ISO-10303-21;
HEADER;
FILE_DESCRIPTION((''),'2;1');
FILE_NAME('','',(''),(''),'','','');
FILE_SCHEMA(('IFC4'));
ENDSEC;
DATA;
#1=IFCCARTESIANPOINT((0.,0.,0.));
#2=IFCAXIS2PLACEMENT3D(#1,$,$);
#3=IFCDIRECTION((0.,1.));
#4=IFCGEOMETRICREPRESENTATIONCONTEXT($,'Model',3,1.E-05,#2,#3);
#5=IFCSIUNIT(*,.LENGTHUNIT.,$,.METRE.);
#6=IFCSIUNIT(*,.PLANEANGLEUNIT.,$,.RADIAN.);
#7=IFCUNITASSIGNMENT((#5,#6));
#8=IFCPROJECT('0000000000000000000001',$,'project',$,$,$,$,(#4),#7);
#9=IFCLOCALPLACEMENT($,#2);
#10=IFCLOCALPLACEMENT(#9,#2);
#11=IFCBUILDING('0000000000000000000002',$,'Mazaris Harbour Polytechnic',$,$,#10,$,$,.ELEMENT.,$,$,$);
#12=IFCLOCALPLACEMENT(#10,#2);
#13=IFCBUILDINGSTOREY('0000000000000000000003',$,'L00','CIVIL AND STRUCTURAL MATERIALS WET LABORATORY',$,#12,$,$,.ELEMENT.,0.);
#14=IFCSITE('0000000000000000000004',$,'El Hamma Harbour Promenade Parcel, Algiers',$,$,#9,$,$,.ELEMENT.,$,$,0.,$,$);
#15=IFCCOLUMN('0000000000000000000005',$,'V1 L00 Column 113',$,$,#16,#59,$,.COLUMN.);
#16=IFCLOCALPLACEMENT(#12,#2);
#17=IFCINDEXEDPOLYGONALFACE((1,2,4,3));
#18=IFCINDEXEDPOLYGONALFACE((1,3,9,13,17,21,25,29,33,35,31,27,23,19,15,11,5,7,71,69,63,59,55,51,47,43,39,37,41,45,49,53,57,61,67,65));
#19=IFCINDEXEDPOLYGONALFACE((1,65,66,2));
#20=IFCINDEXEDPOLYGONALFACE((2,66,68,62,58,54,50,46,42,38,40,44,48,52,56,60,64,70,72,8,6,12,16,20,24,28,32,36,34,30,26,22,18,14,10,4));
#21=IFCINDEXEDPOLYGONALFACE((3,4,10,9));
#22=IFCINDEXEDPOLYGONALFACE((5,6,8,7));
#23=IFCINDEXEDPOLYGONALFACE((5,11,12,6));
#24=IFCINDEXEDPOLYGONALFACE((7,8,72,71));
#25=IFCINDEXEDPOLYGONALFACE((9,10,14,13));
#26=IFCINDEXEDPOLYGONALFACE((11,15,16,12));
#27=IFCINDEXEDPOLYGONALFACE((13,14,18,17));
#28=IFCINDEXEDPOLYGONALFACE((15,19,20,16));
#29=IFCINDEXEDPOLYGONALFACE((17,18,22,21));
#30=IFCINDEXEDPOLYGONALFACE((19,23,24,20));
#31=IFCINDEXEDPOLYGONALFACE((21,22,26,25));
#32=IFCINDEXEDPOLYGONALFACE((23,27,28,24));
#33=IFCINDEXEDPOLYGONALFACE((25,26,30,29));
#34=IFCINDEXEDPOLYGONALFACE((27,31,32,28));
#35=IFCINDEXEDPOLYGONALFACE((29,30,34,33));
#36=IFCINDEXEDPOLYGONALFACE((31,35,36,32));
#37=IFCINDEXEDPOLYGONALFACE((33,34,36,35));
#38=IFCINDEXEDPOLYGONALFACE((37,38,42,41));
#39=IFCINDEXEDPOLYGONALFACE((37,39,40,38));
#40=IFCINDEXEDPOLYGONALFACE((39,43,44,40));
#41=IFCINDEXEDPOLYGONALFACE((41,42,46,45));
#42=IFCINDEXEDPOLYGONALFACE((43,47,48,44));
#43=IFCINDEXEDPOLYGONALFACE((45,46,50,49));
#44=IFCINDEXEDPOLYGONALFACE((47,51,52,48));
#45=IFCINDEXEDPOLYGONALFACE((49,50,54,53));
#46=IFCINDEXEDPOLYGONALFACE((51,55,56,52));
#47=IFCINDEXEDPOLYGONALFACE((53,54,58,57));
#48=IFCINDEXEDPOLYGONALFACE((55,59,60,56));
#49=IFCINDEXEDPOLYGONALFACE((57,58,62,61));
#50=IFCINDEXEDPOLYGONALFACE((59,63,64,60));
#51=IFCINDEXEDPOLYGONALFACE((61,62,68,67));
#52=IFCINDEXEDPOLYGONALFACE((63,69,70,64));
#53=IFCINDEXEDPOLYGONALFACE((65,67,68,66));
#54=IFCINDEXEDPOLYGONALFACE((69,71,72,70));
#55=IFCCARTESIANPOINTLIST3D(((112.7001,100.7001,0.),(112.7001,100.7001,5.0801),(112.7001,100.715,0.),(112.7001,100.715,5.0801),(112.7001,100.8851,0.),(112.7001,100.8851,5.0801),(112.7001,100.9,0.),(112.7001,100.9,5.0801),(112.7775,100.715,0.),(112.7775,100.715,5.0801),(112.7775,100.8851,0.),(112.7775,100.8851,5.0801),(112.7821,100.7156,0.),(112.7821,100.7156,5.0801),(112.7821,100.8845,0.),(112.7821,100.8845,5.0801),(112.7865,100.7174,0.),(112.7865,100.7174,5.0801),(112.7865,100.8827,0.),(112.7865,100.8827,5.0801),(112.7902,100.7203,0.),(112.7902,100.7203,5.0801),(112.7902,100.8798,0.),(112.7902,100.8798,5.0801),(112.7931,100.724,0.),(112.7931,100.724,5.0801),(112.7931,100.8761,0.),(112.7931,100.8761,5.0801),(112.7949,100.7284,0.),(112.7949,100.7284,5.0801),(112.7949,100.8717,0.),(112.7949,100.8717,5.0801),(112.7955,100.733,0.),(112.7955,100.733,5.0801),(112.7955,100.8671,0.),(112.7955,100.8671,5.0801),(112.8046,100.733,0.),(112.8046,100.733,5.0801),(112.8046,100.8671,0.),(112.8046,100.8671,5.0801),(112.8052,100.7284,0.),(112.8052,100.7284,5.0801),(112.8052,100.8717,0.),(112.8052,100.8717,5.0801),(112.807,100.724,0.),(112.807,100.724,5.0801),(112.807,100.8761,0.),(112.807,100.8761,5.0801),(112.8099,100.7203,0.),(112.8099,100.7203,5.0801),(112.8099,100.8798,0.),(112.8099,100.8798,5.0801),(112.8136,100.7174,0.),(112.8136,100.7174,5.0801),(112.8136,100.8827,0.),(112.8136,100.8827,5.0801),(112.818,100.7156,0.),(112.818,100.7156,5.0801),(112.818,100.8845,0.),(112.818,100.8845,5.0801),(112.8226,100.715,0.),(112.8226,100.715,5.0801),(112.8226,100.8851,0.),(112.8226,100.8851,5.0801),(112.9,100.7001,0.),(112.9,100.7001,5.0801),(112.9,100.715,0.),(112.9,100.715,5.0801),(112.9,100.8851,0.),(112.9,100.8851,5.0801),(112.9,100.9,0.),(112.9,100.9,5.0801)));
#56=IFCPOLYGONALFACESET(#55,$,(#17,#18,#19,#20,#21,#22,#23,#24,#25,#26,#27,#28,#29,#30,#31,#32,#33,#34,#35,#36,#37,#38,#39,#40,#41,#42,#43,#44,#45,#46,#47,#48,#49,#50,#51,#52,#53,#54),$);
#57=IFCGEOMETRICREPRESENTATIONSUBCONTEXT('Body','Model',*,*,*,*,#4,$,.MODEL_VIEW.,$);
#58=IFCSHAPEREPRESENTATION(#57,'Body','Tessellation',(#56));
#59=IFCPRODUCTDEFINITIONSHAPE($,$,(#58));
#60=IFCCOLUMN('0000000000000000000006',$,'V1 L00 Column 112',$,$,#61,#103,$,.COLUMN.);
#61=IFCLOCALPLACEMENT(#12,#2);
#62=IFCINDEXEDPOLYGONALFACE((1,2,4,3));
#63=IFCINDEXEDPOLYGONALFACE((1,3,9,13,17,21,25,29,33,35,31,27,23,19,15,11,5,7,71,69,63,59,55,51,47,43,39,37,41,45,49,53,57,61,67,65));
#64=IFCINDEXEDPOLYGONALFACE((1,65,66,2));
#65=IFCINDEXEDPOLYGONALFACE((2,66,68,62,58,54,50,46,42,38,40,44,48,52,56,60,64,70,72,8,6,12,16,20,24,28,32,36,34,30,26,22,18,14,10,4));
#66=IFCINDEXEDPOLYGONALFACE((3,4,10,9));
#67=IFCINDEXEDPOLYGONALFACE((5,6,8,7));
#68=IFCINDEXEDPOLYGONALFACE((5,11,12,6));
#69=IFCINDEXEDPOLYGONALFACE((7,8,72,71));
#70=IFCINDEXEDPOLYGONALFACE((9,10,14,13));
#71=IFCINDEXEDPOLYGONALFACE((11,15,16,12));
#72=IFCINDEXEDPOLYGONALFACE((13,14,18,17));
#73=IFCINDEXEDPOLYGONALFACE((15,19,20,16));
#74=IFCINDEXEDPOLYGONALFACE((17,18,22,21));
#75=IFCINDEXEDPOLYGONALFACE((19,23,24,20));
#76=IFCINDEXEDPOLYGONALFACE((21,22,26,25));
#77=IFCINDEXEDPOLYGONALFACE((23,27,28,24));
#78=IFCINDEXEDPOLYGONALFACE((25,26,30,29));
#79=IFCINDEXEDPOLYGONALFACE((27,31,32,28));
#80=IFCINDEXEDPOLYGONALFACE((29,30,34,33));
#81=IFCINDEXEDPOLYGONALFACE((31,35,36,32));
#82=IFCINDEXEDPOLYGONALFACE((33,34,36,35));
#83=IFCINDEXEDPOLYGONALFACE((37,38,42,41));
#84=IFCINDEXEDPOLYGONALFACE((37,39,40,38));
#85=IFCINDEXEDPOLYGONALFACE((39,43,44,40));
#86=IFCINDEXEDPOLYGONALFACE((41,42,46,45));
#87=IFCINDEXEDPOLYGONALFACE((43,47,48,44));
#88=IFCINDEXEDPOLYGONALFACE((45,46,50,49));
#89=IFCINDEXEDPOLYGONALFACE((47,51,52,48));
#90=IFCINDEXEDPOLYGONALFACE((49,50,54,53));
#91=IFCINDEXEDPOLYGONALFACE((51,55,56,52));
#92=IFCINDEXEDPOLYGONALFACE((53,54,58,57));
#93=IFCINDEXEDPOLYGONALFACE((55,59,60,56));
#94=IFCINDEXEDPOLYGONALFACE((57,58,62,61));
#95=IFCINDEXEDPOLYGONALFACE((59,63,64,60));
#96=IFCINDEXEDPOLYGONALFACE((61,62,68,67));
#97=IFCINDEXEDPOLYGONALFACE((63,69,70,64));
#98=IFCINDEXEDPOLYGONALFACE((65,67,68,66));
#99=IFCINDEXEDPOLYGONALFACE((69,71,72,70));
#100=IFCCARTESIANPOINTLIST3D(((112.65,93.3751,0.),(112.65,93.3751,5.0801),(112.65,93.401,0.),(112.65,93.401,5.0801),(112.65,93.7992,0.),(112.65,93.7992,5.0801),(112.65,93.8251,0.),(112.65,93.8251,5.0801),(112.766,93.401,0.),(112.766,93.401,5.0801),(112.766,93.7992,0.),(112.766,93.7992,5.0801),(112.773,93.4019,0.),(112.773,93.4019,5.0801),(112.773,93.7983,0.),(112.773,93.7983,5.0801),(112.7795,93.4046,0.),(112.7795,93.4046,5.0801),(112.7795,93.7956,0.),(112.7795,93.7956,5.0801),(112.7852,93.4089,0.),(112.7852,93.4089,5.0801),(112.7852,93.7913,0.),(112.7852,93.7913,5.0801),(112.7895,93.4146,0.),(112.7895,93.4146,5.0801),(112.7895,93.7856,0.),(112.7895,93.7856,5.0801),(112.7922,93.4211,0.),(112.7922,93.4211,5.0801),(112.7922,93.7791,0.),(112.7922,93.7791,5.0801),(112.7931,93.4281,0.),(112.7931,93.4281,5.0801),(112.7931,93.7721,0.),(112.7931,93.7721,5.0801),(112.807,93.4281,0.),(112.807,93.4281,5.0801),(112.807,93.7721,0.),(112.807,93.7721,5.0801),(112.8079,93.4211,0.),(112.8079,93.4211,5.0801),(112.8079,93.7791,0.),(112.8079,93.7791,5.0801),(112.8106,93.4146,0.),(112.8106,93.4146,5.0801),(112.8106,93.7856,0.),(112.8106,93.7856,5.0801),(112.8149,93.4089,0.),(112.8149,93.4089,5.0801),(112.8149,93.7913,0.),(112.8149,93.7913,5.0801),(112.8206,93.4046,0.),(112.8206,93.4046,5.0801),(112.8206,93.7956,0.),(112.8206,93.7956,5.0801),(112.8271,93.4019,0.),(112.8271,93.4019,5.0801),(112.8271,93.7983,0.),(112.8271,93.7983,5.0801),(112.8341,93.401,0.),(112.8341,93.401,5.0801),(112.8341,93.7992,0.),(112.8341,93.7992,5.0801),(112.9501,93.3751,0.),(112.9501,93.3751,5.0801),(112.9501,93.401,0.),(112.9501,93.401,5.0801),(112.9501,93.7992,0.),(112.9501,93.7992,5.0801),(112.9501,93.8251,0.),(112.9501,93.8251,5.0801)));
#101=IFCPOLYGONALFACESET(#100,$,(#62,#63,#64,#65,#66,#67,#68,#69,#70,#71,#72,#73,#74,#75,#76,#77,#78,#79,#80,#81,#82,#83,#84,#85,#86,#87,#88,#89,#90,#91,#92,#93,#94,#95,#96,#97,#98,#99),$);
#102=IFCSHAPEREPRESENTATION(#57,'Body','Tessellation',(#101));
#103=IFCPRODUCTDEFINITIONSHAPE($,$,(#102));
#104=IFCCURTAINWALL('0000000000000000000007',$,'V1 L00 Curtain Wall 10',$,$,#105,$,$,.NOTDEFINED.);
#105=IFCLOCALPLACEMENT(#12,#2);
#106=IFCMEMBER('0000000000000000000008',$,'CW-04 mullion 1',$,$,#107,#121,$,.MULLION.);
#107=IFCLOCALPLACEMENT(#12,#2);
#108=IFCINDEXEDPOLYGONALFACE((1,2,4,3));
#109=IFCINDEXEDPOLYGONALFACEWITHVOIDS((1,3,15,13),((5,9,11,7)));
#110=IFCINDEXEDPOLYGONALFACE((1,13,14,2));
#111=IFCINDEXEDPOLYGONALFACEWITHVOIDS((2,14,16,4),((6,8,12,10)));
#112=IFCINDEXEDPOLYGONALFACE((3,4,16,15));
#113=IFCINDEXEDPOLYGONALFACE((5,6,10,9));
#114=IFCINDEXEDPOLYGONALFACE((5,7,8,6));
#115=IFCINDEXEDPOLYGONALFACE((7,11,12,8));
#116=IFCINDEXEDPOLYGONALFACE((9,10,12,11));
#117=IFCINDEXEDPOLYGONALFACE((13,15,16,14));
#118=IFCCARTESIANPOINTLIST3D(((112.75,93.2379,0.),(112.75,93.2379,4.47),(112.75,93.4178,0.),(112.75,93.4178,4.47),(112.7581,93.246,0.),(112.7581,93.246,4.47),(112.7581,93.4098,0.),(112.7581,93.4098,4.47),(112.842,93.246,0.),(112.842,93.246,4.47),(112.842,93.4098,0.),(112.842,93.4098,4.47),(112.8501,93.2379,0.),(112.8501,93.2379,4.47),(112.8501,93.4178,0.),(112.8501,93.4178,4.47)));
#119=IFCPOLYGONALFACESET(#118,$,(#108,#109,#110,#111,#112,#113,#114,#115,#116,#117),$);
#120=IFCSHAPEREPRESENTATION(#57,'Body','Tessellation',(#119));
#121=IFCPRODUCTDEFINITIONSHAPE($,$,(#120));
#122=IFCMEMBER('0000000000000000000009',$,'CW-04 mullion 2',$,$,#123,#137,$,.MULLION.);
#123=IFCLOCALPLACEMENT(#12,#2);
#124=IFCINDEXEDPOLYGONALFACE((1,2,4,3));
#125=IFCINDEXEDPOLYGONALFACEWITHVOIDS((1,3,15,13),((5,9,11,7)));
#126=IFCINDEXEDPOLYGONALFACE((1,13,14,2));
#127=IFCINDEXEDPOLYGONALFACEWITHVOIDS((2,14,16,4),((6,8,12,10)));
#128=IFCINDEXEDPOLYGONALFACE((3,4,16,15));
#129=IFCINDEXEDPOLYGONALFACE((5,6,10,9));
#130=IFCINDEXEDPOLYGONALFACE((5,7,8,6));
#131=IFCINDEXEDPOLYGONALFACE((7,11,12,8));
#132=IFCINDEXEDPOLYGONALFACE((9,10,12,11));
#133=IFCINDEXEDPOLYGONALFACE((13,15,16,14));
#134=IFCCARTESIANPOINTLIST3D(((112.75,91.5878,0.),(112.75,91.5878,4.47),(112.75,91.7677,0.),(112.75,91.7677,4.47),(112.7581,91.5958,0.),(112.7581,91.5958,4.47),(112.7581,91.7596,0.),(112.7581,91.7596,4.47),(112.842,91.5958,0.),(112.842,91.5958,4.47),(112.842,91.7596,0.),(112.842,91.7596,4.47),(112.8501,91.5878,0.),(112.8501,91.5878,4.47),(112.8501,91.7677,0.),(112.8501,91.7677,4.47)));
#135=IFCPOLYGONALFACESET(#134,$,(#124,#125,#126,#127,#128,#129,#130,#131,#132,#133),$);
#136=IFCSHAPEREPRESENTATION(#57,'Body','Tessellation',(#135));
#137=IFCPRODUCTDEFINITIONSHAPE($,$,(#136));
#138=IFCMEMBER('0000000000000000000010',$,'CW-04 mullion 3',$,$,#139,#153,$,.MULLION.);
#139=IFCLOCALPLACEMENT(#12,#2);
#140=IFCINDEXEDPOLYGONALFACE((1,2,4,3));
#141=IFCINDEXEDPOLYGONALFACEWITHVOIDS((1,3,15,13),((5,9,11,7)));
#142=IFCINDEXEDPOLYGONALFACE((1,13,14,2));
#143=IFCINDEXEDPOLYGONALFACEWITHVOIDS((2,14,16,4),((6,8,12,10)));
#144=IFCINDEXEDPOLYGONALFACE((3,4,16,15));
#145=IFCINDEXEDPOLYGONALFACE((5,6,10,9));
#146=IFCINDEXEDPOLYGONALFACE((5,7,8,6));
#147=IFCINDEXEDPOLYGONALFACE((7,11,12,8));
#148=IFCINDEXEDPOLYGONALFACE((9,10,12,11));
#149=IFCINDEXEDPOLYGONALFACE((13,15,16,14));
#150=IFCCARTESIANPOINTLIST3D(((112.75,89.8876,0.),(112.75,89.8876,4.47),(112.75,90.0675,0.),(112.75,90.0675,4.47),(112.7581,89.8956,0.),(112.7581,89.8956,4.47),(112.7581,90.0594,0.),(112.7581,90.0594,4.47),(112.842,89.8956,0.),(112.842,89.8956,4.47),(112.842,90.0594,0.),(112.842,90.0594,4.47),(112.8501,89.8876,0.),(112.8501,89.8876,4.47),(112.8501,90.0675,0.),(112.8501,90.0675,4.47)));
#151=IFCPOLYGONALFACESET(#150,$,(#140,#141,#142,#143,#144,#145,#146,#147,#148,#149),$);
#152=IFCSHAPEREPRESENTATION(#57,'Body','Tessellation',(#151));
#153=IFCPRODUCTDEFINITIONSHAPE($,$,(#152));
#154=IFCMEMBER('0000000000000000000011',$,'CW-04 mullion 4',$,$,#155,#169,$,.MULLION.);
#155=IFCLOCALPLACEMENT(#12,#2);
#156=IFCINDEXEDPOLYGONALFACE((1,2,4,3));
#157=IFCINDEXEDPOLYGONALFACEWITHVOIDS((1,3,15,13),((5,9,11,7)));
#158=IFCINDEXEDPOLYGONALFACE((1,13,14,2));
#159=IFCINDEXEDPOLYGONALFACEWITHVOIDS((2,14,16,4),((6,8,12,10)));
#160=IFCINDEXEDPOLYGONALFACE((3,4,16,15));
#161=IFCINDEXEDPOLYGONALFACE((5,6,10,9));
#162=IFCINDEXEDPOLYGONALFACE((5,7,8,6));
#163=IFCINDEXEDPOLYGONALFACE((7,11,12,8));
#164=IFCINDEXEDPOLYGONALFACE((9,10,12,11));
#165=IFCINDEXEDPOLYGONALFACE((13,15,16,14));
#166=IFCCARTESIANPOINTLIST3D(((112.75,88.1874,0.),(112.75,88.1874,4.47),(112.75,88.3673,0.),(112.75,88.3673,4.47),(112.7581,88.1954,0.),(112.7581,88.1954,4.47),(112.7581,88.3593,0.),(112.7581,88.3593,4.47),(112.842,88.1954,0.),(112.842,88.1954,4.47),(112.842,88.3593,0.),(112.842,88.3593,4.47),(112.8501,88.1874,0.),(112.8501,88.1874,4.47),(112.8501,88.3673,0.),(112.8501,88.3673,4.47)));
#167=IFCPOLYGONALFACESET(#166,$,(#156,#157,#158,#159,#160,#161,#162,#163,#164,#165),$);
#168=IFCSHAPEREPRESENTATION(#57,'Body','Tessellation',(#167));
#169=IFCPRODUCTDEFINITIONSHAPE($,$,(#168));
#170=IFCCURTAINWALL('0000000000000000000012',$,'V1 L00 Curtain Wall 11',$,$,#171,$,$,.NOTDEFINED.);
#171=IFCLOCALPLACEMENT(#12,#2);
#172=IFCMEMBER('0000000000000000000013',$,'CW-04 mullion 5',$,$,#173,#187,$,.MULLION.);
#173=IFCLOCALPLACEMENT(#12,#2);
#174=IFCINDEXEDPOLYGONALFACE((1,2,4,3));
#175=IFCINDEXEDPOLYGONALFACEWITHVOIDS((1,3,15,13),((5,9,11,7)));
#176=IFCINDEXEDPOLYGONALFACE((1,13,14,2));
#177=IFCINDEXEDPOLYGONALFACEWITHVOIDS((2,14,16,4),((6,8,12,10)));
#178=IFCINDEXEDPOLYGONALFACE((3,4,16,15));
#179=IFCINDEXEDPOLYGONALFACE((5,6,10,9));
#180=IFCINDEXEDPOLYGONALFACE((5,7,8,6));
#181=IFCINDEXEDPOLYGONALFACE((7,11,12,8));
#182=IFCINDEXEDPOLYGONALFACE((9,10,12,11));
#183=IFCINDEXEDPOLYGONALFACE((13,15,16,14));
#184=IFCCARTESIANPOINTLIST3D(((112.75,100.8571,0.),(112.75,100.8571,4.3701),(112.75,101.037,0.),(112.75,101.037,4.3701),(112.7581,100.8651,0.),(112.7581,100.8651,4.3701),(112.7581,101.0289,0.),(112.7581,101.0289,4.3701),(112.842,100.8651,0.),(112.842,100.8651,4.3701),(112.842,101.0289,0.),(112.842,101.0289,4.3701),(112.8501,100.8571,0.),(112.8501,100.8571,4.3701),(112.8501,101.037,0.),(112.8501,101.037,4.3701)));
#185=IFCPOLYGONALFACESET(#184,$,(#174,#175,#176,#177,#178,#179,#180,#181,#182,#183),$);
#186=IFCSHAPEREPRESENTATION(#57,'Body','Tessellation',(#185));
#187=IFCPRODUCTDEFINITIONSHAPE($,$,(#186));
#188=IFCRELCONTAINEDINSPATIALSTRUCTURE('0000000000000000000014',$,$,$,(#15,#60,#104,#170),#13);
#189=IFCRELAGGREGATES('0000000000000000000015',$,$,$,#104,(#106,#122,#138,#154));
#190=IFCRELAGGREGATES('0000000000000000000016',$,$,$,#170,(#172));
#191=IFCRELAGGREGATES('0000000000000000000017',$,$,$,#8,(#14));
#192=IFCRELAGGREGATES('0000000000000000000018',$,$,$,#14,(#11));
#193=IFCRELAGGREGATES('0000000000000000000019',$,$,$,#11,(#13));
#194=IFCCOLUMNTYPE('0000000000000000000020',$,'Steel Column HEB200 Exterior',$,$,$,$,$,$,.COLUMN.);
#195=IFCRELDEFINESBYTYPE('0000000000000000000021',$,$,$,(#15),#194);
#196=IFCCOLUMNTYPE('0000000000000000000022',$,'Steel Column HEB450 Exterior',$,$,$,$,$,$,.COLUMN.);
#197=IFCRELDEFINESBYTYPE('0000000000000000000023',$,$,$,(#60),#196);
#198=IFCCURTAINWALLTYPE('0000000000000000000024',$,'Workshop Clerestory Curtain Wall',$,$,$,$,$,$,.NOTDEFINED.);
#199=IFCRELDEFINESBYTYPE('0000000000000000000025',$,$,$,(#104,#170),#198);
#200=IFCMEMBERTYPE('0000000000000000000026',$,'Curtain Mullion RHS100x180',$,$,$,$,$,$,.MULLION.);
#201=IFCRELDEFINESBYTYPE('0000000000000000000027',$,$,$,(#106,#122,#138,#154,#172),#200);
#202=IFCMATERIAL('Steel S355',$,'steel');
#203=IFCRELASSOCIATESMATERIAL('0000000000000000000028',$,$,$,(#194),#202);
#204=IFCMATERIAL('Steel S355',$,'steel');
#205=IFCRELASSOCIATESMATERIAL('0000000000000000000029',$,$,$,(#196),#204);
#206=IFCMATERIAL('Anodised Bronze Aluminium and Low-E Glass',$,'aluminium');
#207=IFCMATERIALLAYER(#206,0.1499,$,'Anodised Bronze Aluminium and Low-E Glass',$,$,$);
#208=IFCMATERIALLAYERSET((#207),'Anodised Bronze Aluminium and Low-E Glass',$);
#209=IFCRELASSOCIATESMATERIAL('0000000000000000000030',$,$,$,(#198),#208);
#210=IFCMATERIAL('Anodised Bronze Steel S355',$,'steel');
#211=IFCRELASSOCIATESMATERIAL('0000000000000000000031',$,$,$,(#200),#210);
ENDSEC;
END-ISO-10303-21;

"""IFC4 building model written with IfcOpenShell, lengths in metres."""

from ifc_helpers import new_model, si_unit, direction, frame, origin, origin_2d, place, context, subcontext, project, spatial, hollow_rectangle, i_section, extrude, material, layer, layer_set, material_profile, profile_set, type_object, element, aggregate, save


model = new_model("IFC4")

# Units and contexts
model_context = context("Model", 3, precision=1e-05, world=origin(), true_north=direction((0.0, 1.0)))
body_context = subcontext(model_context, "Body", "Model", "MODEL_VIEW")
ifc_project = project(units=[si_unit("LENGTHUNIT", "METRE"), si_unit("PLANEANGLEUNIT", "RADIAN")], contexts=[model_context])

# Site, building, storey
site_placement = place(None, origin())
site = spatial("IfcSite", under=ifc_project, at=site_placement, Name="El Hamma Harbour Promenade Parcel, Algiers", CompositionType="ELEMENT", RefElevation=0.0)
building_placement = place(site_placement, origin())
building = spatial("IfcBuilding", under=site, at=building_placement, Name="Mazaris Harbour Polytechnic", CompositionType="ELEMENT")
storey_placement = place(building_placement, origin())
storey = spatial("IfcBuildingStorey", under=building, at=storey_placement, Name="L00", Description="CIVIL AND STRUCTURAL MATERIALS WET LABORATORY", CompositionType="ELEMENT", Elevation=0.0)

# Columns
ifc_material_1 = material(Name="Steel S355", Category="steel")
ifc_material_profile_1 = material_profile(ifc_material_1, i_section(OverallWidth=0.2, OverallDepth=0.2, WebThickness=0.009, FlangeThickness=0.0149, FilletRadius=0.0181, at=origin_2d()), Name="HEB 200")
ifc_profile_set_1 = profile_set([ifc_material_profile_1], Name="Steel S355")
column_type_1 = type_object("IfcColumnType", Name="Steel Column HEB200 Exterior", PredefinedType="COLUMN", material=ifc_profile_set_1)
column_1_placement = place(storey_placement, frame((112.8, 100.8, 0.0), z_axis=(0.0, 0.0, 1.0), x_axis=(1.0, 0.0, 0.0)))
element("IfcColumn", 1, at=column_1_placement, inside=storey, type_object=column_type_1, Name="V1 L00 Column 113", PredefinedType="COLUMN", context=body_context, shape_type="SweptSolid", body=[
    extrude(i_section(OverallWidth=0.2, OverallDepth=0.2, WebThickness=0.009, FlangeThickness=0.0149, FilletRadius=0.0181, at=origin_2d()), origin(), (0.0, 0.0, 1.0), 5.0801),
])
ifc_material_2 = material(Name="Steel S355", Category="steel")
ifc_material_profile_2 = material_profile(ifc_material_2, i_section(OverallWidth=0.3, OverallDepth=0.45, WebThickness=0.0139, FlangeThickness=0.0259, FilletRadius=0.0271, at=origin_2d()), Name="HEB 450")
ifc_profile_set_2 = profile_set([ifc_material_profile_2], Name="Steel S355")
column_type_2 = type_object("IfcColumnType", Name="Steel Column HEB450 Exterior", PredefinedType="COLUMN", material=ifc_profile_set_2)
column_2_placement = place(storey_placement, frame((112.8, 93.6001, 0.0), z_axis=(0.0, 0.0, 1.0), x_axis=(1.0, 0.0, 0.0)))
element("IfcColumn", 2, at=column_2_placement, inside=storey, type_object=column_type_2, Name="V1 L00 Column 112", PredefinedType="COLUMN", context=body_context, shape_type="SweptSolid", body=[
    extrude(i_section(OverallWidth=0.3, OverallDepth=0.45, WebThickness=0.0139, FlangeThickness=0.0259, FilletRadius=0.0271, at=origin_2d()), origin(), (0.0, 0.0, 1.0), 5.0801),
])

# Curtain wall, members
ifc_material_3 = material(Name="Anodised Bronze Aluminium and Low-E Glass", Category="aluminium")
ifc_layer_1 = layer(ifc_material_3, 0.1499, Name="Anodised Bronze Aluminium and Low-E Glass")
ifc_layer_set_1 = layer_set([ifc_layer_1], Name="Anodised Bronze Aluminium and Low-E Glass")
curtain_wall_type = type_object("IfcCurtainWallType", Name="Workshop Clerestory Curtain Wall", PredefinedType="NOTDEFINED", material=ifc_layer_set_1)
curtain_wall_1_placement = place(storey_placement, origin())
curtain_wall_1 = element("IfcCurtainWall", 3, at=curtain_wall_1_placement, inside=storey, type_object=curtain_wall_type, Name="V1 L00 Curtain Wall 10", PredefinedType="NOTDEFINED")
ifc_material_4 = material(Name="Anodised Bronze Steel S355", Category="steel")
ifc_material_profile_3 = material_profile(ifc_material_4, hollow_rectangle(XDim=0.1001, YDim=0.1799, WallThickness=0.0081, at=origin_2d()), Name="RHS 100x180x8.0")
ifc_profile_set_3 = profile_set([ifc_material_profile_3], Name="Anodised Bronze Steel S355")
member_type_1 = type_object("IfcMemberType", Name="Curtain Mullion RHS100x180", PredefinedType="MULLION", material=ifc_profile_set_3)
member_1_placement = place(storey_placement, frame((112.8, 93.3279, 0.0), z_axis=(0.0, 0.0, 1.0), x_axis=(1.0, 0.0, 0.0)))
member_1 = element("IfcMember", 4, at=member_1_placement, type_object=member_type_1, Name="CW-04 mullion 1", PredefinedType="MULLION", context=body_context, shape_type="SweptSolid", body=[
    extrude(hollow_rectangle(XDim=0.1001, YDim=0.1799, WallThickness=0.0081, at=origin_2d()), origin(), (0.0, 0.0, 1.0), 4.47),
])
member_2_placement = place(storey_placement, frame((112.8, 91.6777, 0.0), z_axis=(0.0, 0.0, 1.0), x_axis=(1.0, 0.0, 0.0)))
member_2 = element("IfcMember", 5, at=member_2_placement, type_object=member_type_1, Name="CW-04 mullion 2", PredefinedType="MULLION", context=body_context, shape_type="SweptSolid", body=[
    extrude(hollow_rectangle(XDim=0.1001, YDim=0.1799, WallThickness=0.0081, at=origin_2d()), origin(), (0.0, 0.0, 1.0), 4.47),
])
member_3_placement = place(storey_placement, frame((112.8, 89.9775, 0.0), z_axis=(0.0, 0.0, 1.0), x_axis=(1.0, 0.0, 0.0)))
member_3 = element("IfcMember", 6, at=member_3_placement, type_object=member_type_1, Name="CW-04 mullion 3", PredefinedType="MULLION", context=body_context, shape_type="SweptSolid", body=[
    extrude(hollow_rectangle(XDim=0.1001, YDim=0.1799, WallThickness=0.0081, at=origin_2d()), origin(), (0.0, 0.0, 1.0), 4.47),
])
member_4_placement = place(storey_placement, frame((112.8, 88.2773, 0.0), z_axis=(0.0, 0.0, 1.0), x_axis=(1.0, 0.0, 0.0)))
member_4 = element("IfcMember", 7, at=member_4_placement, type_object=member_type_1, Name="CW-04 mullion 4", PredefinedType="MULLION", context=body_context, shape_type="SweptSolid", body=[
    extrude(hollow_rectangle(XDim=0.1001, YDim=0.1799, WallThickness=0.0081, at=origin_2d()), origin(), (0.0, 0.0, 1.0), 4.47),
])

# Curtain wall, member
curtain_wall_2_placement = place(storey_placement, origin())
curtain_wall_2 = element("IfcCurtainWall", 8, at=curtain_wall_2_placement, inside=storey, type_object=curtain_wall_type, Name="V1 L00 Curtain Wall 11", PredefinedType="NOTDEFINED")
member_5_placement = place(storey_placement, frame((112.8, 100.947, 0.0), z_axis=(0.0, 0.0, 1.0), x_axis=(1.0, 0.0, 0.0)))
member_5 = element("IfcMember", 9, at=member_5_placement, type_object=member_type_1, Name="CW-04 mullion 5", PredefinedType="MULLION", context=body_context, shape_type="SweptSolid", body=[
    extrude(hollow_rectangle(XDim=0.1001, YDim=0.1799, WallThickness=0.0081, at=origin_2d()), origin(), (0.0, 0.0, 1.0), 4.3701),
])

aggregate(curtain_wall_1, [member_1, member_2, member_3, member_4])
aggregate(curtain_wall_2, [member_5])

save(model, "model.ifc")
